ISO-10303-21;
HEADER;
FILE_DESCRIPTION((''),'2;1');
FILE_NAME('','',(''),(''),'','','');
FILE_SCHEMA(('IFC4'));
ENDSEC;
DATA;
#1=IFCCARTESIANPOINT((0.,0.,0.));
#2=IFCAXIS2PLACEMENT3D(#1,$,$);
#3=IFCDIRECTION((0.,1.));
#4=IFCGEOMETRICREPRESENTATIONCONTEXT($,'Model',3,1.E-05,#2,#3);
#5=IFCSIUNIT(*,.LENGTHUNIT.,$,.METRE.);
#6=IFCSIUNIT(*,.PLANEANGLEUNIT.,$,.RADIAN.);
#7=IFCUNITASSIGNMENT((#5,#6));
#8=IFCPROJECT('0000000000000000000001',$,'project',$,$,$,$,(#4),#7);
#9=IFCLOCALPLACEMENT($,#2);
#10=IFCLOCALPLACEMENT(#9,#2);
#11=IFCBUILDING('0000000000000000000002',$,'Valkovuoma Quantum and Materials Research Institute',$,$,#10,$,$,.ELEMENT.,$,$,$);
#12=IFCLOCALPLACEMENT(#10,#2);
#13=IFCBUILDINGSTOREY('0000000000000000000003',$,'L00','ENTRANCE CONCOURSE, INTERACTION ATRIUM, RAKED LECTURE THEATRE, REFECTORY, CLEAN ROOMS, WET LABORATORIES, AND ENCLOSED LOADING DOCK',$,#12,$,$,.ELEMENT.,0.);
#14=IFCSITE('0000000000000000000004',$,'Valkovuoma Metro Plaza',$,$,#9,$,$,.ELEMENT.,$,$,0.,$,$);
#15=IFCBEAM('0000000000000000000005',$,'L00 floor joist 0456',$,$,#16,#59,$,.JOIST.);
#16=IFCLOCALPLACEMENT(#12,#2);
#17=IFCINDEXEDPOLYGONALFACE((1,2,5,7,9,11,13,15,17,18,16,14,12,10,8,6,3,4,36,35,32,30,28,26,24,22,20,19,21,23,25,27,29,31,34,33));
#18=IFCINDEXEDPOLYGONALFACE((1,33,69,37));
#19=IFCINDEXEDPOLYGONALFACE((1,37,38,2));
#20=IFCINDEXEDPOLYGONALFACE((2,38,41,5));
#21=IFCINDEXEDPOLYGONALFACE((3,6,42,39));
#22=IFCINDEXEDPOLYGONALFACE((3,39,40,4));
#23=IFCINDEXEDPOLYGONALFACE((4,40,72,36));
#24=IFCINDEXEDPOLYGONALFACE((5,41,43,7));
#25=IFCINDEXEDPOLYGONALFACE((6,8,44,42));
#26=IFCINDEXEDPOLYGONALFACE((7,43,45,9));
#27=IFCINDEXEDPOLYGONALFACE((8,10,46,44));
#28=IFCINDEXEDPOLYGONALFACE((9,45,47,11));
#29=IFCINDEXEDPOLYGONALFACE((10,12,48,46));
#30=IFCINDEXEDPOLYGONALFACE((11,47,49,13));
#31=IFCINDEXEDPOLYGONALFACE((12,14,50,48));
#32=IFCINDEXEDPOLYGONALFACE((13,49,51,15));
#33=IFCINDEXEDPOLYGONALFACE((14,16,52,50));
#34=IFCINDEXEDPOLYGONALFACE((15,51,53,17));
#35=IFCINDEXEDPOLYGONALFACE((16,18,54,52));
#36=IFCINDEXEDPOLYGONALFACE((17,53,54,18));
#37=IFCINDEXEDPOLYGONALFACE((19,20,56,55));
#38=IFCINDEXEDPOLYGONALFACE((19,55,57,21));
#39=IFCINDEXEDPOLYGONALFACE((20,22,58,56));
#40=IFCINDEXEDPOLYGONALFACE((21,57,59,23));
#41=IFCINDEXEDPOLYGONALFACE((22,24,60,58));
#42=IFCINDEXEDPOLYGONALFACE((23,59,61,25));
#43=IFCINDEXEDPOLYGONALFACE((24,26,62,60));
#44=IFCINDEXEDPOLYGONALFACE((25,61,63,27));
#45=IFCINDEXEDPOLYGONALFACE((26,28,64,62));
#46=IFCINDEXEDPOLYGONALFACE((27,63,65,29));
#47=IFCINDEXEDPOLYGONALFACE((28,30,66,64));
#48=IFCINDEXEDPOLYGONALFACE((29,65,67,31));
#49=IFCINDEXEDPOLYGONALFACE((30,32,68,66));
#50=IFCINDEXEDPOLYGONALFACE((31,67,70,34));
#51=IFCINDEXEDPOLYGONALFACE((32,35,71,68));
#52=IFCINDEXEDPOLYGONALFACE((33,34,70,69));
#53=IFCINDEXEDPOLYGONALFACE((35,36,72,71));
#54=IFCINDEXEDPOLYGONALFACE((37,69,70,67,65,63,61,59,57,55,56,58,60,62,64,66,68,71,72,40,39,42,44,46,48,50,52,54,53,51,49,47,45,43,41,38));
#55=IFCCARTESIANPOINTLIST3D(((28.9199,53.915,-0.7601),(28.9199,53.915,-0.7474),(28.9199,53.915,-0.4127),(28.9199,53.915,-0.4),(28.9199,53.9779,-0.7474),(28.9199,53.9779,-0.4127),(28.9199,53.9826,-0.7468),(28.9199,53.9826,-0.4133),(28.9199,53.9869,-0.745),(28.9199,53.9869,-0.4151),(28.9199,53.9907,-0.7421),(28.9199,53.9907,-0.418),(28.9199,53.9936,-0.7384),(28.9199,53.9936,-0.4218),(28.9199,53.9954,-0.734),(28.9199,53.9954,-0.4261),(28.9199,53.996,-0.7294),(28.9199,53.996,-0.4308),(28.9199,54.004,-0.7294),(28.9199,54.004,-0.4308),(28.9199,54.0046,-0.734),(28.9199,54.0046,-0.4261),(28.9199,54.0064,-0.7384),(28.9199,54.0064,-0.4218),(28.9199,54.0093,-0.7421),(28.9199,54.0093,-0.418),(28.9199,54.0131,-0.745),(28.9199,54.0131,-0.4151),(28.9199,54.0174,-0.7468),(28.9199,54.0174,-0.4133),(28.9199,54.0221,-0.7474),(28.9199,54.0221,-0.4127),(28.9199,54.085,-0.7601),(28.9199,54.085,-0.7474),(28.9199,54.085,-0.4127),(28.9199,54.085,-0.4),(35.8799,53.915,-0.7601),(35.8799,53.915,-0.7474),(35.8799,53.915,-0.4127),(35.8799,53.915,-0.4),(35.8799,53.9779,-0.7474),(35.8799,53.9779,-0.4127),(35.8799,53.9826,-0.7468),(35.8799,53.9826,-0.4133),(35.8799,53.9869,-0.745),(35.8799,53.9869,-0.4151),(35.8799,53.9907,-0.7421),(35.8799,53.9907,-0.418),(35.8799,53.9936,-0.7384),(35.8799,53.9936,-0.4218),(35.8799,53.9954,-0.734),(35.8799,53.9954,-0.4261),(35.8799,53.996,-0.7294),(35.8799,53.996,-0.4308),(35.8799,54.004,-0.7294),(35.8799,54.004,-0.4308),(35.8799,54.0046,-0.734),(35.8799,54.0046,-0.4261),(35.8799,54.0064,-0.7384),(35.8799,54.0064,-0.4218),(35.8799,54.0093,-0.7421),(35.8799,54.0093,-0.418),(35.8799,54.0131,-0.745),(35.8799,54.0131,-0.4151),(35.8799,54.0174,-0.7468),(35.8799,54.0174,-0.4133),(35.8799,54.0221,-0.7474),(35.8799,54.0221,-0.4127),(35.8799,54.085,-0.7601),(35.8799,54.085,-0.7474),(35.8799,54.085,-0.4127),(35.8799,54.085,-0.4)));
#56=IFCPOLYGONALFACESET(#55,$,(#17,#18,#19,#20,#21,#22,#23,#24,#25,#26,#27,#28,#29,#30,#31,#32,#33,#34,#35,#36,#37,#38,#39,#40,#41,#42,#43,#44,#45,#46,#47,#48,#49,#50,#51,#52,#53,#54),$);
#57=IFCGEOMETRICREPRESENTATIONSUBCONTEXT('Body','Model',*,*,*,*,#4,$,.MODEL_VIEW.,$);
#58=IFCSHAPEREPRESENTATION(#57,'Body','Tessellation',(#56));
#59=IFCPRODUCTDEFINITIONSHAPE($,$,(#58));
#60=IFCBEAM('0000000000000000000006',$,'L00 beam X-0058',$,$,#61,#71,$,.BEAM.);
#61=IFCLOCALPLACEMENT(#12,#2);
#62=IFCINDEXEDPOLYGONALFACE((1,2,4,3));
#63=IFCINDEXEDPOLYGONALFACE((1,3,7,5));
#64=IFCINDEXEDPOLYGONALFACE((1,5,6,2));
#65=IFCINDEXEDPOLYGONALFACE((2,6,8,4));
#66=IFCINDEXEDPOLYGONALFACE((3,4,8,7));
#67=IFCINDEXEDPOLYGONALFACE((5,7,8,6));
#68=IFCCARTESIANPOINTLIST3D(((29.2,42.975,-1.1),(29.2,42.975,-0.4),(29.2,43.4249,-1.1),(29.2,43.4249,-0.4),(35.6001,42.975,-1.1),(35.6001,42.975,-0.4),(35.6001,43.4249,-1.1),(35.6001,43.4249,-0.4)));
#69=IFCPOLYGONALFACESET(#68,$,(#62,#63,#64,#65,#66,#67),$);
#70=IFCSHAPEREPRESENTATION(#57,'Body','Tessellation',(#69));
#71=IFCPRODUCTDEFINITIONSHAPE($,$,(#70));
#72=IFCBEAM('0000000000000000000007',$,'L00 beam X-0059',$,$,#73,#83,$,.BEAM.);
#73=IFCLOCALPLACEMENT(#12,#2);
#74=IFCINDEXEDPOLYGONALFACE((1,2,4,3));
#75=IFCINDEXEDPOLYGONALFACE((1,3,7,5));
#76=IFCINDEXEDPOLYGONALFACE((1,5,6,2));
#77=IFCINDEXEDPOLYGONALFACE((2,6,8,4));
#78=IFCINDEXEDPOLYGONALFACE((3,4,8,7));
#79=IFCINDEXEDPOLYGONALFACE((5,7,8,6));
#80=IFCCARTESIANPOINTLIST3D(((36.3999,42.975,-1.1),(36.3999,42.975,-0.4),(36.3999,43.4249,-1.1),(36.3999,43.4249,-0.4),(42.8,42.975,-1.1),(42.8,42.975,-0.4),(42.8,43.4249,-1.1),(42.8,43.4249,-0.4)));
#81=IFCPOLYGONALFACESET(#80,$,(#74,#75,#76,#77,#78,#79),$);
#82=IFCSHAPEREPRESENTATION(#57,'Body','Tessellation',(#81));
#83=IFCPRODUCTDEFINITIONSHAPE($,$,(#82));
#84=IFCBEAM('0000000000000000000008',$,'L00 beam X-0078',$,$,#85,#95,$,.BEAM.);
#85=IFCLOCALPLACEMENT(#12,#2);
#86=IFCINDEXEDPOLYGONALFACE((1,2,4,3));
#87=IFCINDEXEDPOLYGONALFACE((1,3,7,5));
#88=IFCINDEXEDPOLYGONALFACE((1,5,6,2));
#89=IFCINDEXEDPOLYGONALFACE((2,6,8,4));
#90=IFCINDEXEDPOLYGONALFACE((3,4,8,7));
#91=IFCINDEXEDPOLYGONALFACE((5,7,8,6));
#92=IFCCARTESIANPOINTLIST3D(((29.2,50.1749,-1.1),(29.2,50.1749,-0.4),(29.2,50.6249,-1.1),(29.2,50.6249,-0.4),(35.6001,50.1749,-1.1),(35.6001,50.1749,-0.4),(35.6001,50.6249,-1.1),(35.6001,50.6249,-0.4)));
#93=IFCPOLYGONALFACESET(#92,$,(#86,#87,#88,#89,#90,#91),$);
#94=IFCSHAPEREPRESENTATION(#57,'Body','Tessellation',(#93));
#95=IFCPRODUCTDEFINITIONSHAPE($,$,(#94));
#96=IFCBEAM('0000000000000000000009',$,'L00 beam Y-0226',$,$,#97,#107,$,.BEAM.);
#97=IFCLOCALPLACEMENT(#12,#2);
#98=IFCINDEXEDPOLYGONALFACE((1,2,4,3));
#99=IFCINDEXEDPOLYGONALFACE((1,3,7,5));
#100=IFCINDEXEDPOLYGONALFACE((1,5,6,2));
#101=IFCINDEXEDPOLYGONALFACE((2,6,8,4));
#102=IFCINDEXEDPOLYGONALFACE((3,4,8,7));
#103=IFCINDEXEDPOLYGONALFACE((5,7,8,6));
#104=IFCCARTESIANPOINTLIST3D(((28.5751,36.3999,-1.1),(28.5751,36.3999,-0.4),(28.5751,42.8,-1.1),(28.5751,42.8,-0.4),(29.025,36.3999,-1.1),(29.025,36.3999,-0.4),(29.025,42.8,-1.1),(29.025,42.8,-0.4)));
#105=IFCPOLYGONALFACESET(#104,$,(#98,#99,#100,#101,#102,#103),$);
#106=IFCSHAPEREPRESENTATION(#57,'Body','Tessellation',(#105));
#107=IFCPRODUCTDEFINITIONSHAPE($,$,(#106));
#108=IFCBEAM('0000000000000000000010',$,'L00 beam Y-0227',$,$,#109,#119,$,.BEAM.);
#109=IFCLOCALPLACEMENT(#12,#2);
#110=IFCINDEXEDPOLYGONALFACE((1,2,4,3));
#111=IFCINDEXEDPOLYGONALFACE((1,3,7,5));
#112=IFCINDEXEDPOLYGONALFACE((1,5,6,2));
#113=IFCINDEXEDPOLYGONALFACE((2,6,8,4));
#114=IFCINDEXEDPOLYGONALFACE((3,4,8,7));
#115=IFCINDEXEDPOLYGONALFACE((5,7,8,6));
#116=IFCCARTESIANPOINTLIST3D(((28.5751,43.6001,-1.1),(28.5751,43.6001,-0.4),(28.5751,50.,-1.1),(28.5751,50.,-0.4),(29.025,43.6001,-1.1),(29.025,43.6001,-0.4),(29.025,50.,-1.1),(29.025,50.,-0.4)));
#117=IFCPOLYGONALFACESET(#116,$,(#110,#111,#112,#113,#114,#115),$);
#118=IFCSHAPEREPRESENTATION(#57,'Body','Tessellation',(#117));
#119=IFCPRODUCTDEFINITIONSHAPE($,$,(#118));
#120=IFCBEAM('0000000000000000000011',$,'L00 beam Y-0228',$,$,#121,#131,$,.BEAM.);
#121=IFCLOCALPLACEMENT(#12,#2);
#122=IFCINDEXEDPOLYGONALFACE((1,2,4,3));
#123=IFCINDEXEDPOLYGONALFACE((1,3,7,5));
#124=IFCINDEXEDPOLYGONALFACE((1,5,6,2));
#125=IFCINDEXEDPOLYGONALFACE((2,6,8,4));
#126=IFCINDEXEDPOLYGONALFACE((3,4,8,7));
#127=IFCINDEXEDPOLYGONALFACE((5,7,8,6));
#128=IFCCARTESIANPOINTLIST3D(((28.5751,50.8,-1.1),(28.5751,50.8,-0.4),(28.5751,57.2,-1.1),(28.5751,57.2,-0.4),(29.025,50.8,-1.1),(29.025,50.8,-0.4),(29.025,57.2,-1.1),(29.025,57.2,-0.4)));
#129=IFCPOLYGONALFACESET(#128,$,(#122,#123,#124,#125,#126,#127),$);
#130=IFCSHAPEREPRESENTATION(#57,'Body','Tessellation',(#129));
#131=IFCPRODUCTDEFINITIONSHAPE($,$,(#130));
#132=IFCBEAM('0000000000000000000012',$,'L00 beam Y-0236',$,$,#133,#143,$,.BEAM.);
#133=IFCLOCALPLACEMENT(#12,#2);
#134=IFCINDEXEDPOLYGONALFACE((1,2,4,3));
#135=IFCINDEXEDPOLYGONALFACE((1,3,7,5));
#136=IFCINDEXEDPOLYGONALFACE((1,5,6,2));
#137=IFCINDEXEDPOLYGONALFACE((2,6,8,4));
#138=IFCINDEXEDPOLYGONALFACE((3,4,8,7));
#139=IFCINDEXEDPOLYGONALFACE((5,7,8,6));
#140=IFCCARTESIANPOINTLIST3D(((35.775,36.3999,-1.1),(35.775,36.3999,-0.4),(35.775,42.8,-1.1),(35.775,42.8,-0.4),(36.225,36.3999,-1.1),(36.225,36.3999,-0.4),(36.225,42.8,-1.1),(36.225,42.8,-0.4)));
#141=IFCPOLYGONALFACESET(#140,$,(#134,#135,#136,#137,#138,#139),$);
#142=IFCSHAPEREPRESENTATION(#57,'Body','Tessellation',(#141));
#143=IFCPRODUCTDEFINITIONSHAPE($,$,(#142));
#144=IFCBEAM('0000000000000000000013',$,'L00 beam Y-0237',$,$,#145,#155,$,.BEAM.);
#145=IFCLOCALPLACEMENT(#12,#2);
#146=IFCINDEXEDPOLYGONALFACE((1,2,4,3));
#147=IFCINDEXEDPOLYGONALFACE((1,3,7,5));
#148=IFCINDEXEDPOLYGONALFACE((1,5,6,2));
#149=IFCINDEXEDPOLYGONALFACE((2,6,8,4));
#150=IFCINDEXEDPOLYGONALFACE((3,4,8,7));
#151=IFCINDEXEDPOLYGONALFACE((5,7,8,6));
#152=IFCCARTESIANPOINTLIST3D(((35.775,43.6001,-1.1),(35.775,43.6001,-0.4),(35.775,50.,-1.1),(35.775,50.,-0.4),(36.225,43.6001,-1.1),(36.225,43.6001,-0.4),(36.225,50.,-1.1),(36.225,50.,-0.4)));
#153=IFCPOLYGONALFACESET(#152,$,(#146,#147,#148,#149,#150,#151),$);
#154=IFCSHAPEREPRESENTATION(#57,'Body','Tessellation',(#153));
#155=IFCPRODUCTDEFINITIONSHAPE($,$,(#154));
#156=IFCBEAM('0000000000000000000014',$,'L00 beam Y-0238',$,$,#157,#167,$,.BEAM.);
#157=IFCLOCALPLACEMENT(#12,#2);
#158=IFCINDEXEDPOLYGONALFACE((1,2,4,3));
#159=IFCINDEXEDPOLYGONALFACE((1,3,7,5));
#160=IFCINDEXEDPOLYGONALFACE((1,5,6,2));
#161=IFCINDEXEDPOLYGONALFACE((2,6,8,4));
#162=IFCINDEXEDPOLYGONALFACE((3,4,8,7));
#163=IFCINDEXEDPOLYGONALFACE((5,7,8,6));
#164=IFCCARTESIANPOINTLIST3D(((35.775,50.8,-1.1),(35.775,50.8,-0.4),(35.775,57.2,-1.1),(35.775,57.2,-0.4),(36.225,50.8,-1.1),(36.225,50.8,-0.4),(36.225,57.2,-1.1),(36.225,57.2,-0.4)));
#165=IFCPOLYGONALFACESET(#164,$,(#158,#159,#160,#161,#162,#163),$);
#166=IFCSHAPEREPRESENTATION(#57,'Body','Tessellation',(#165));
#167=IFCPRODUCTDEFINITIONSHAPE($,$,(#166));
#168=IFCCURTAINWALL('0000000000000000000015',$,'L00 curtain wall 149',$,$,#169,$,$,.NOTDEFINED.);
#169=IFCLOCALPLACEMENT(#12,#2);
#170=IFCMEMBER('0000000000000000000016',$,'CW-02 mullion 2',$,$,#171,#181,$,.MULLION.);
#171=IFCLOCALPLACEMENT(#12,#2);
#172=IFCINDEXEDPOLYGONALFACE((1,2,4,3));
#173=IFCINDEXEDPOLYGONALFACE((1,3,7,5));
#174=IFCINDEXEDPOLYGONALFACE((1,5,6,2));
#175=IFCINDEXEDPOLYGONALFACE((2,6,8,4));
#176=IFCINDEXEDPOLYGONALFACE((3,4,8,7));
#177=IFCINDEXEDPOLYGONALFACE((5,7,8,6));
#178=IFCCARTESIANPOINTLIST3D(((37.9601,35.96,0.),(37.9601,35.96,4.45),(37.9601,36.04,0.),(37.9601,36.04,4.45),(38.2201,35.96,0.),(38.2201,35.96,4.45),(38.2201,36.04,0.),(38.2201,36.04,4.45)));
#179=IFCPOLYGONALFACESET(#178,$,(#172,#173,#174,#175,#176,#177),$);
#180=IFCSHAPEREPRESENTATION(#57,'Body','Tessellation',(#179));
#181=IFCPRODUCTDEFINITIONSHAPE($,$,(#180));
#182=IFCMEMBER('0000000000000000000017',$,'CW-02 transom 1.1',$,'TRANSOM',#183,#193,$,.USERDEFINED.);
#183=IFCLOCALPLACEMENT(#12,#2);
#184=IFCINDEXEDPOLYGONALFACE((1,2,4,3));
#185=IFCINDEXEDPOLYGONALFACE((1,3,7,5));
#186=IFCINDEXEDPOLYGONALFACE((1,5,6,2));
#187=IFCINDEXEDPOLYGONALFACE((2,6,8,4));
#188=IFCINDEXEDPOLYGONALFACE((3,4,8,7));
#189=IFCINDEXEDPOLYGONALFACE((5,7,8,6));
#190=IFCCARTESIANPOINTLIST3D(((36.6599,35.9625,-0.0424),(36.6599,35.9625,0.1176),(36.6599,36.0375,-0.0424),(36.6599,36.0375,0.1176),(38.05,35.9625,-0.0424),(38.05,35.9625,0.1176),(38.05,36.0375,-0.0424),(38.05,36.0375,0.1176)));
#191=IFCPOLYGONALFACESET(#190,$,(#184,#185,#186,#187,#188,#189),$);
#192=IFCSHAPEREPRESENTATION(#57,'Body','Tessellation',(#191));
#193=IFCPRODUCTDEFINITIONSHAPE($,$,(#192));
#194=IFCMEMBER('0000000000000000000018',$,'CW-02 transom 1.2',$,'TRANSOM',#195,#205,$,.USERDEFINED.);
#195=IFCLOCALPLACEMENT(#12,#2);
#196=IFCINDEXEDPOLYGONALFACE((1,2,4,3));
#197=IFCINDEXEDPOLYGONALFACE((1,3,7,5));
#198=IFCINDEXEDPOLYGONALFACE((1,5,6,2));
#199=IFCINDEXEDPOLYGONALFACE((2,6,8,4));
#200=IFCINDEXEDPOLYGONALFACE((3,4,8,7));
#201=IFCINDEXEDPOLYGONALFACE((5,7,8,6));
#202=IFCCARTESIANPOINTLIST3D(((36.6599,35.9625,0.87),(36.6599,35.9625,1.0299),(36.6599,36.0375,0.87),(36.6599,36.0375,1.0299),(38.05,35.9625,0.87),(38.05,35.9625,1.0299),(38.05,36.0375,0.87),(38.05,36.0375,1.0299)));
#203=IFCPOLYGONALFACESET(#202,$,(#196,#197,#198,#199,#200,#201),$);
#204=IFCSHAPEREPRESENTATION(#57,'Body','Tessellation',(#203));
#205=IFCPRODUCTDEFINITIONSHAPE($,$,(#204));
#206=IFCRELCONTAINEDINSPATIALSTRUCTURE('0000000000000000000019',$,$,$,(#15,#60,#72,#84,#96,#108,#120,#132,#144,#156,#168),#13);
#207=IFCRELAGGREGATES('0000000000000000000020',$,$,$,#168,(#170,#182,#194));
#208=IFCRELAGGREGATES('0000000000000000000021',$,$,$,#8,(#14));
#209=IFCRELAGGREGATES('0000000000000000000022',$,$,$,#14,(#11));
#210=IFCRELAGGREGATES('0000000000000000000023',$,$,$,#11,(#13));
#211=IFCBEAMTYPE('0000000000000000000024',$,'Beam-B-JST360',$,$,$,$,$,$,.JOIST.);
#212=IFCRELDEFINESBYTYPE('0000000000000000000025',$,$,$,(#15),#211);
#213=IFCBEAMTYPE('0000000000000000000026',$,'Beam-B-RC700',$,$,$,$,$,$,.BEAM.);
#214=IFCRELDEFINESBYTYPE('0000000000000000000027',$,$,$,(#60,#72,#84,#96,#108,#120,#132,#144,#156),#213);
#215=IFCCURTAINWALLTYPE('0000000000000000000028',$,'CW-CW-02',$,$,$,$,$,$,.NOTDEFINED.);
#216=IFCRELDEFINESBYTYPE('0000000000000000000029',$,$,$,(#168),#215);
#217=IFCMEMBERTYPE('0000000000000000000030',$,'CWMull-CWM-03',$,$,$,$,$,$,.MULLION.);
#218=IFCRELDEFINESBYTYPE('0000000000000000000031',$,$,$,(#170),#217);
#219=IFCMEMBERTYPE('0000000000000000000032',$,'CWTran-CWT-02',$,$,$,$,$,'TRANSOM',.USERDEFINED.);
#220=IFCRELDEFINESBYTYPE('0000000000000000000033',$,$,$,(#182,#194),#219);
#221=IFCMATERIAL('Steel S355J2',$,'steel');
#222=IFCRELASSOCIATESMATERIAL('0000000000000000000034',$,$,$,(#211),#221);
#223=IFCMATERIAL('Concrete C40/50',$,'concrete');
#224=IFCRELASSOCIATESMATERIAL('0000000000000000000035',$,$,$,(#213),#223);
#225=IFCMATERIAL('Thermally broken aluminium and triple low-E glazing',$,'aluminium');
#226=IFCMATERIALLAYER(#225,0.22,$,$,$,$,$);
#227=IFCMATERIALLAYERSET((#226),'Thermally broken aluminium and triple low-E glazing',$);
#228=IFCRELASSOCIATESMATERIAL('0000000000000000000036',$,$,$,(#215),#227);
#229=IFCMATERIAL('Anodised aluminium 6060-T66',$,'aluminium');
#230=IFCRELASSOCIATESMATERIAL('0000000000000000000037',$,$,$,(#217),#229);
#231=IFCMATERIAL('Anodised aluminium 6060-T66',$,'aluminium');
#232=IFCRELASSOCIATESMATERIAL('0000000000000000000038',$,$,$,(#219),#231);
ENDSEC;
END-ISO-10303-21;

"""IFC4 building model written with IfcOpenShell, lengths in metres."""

from ifc_helpers import new_model, si_unit, direction, frame, origin, origin_2d, place, context, subcontext, project, spatial, rectangle, i_section, extrude, material, layer, layer_set, material_profile, profile_set, type_object, element, aggregate, save


model = new_model("IFC4")

# Units and contexts
model_context = context("Model", 3, precision=1e-05, world=origin(), true_north=direction((0.0, 1.0)))
body_context = subcontext(model_context, "Body", "Model", "MODEL_VIEW")
ifc_project = project(units=[si_unit("LENGTHUNIT", "METRE"), si_unit("PLANEANGLEUNIT", "RADIAN")], contexts=[model_context])

# Site, building, storey
site_placement = place(None, origin())
site = spatial("IfcSite", under=ifc_project, at=site_placement, Name="Valkovuoma Metro Plaza", CompositionType="ELEMENT", RefElevation=0.0)
building_placement = place(site_placement, origin())
building = spatial("IfcBuilding", under=site, at=building_placement, Name="Valkovuoma Quantum and Materials Research Institute", CompositionType="ELEMENT")
storey_placement = place(building_placement, origin())
storey = spatial("IfcBuildingStorey", under=building, at=storey_placement, Name="L00", Description="ENTRANCE CONCOURSE, INTERACTION ATRIUM, RAKED LECTURE THEATRE, REFECTORY, CLEAN ROOMS, WET LABORATORIES, AND ENCLOSED LOADING DOCK", CompositionType="ELEMENT", Elevation=0.0)

# Beams
ifc_material_1 = material(Name="Steel S355J2", Category="steel")
ifc_material_profile_1 = material_profile(ifc_material_1, i_section(OverallWidth=0.1699, OverallDepth=0.3601, WebThickness=0.0081, FlangeThickness=0.0127, FilletRadius=0.0181, at=origin_2d()), Name="Steel S355J2")
ifc_profile_set_1 = profile_set([ifc_material_profile_1], Name="Steel S355J2")
beam_type_1 = type_object("IfcBeamType", Name="Beam-B-JST360", PredefinedType="JOIST", material=ifc_profile_set_1)
for number, where, z_axis, x_axis, name in (
    (1, (28.9199, 54.0, -0.5801), (1.0, 0.0, 0.0), (0.0, 1.0, 0.0), "L00 floor joist 0456"),
):
    element("IfcBeam", number, at=place(storey_placement, frame(where, z_axis=z_axis, x_axis=x_axis)), inside=storey, type_object=beam_type_1, Name=name, PredefinedType="JOIST", context=body_context, shape_type="SweptSolid", body=[
        extrude(i_section(OverallWidth=0.1699, OverallDepth=0.3601, WebThickness=0.0081, FlangeThickness=0.0127, FilletRadius=0.0181, at=origin_2d()), origin(), (0.0, 0.0, 1.0), 6.96),
    ])
ifc_material_2 = material(Name="Concrete C40/50", Category="concrete")
ifc_material_profile_2 = material_profile(ifc_material_2, rectangle(XDim=0.45, YDim=0.7, at=origin_2d()), Name="Concrete C40/50")
ifc_profile_set_2 = profile_set([ifc_material_profile_2], Name="Concrete C40/50")
beam_type_2 = type_object("IfcBeamType", Name="Beam-B-RC700", PredefinedType="BEAM", material=ifc_profile_set_2)
for number, where, z_axis, x_axis, name in (
    (2, (29.2, 43.2, -0.75), (1.0, 0.0, 0.0), (0.0, 1.0, 0.0), "L00 beam X-0058"),
    (3, (36.3999, 43.2, -0.75), (1.0, 0.0, 0.0), (0.0, 1.0, 0.0), "L00 beam X-0059"),
    (4, (29.2, 50.3999, -0.75), (1.0, 0.0, 0.0), (0.0, 1.0, 0.0), "L00 beam X-0078"),
    (5, (28.8, 36.3999, -0.75), (0.0, 1.0, 0.0), (-1.0, 0.0, 0.0), "L00 beam Y-0226"),
):
    element("IfcBeam", number, at=place(storey_placement, frame(where, z_axis=z_axis, x_axis=x_axis)), inside=storey, type_object=beam_type_2, Name=name, PredefinedType="BEAM", context=body_context, shape_type="SweptSolid", body=[
        extrude(rectangle(XDim=0.45, YDim=0.7, at=origin_2d()), origin(), (0.0, 0.0, 1.0), 6.4001),
    ])
for number, where, z_axis, x_axis, name in (
    (6, (28.8, 43.6001, -0.75), (0.0, 1.0, 0.0), (-1.0, 0.0, 0.0), "L00 beam Y-0227"),
    (7, (28.8, 50.8, -0.75), (0.0, 1.0, 0.0), (-1.0, 0.0, 0.0), "L00 beam Y-0228"),
):
    element("IfcBeam", number, at=place(storey_placement, frame(where, z_axis=z_axis, x_axis=x_axis)), inside=storey, type_object=beam_type_2, Name=name, PredefinedType="BEAM", context=body_context, shape_type="SweptSolid", body=[
        extrude(rectangle(XDim=0.45, YDim=0.7, at=origin_2d()), origin(), (0.0, 0.0, 1.0), 6.3999),
    ])
beam_placement = place(storey_placement, frame((36.0, 36.3999, -0.75), z_axis=(0.0, 1.0, 0.0), x_axis=(-1.0, 0.0, 0.0)))
element("IfcBeam", 8, at=beam_placement, inside=storey, type_object=beam_type_2, Name="L00 beam Y-0236", PredefinedType="BEAM", context=body_context, shape_type="SweptSolid", body=[
    extrude(rectangle(XDim=0.45, YDim=0.7, at=origin_2d()), origin(), (0.0, 0.0, 1.0), 6.4001),
])
for number, where, z_axis, x_axis, name in (
    (9, (36.0, 43.6001, -0.75), (0.0, 1.0, 0.0), (-1.0, 0.0, 0.0), "L00 beam Y-0237"),
    (10, (36.0, 50.8, -0.75), (0.0, 1.0, 0.0), (-1.0, 0.0, 0.0), "L00 beam Y-0238"),
):
    element("IfcBeam", number, at=place(storey_placement, frame(where, z_axis=z_axis, x_axis=x_axis)), inside=storey, type_object=beam_type_2, Name=name, PredefinedType="BEAM", context=body_context, shape_type="SweptSolid", body=[
        extrude(rectangle(XDim=0.45, YDim=0.7, at=origin_2d()), origin(), (0.0, 0.0, 1.0), 6.3999),
    ])

# Curtain wall, members
ifc_material_3 = material(Name="Thermally broken aluminium and triple low-E glazing", Category="aluminium")
ifc_layer_1 = layer(ifc_material_3, 0.22)
ifc_layer_set_1 = layer_set([ifc_layer_1], Name="Thermally broken aluminium and triple low-E glazing")
curtain_wall_type = type_object("IfcCurtainWallType", Name="CW-CW-02", PredefinedType="NOTDEFINED", material=ifc_layer_set_1)
curtain_wall_placement = place(storey_placement, origin())
curtain_wall = element("IfcCurtainWall", 11, at=curtain_wall_placement, inside=storey, type_object=curtain_wall_type, Name="L00 curtain wall 149", PredefinedType="NOTDEFINED")
ifc_material_4 = material(Name="Anodised aluminium 6060-T66", Category="aluminium")
ifc_material_profile_3 = material_profile(ifc_material_4, rectangle(XDim=0.0801, YDim=0.26, at=origin_2d()), Name="Anodised aluminium 6060-T66")
ifc_profile_set_3 = profile_set([ifc_material_profile_3], Name="Anodised aluminium 6060-T66")
member_type_1 = type_object("IfcMemberType", Name="CWMull-CWM-03", PredefinedType="MULLION", material=ifc_profile_set_3)
member_1_placement = place(storey_placement, frame((38.0901, 36.0, 0.0), z_axis=(0.0, 0.0, 1.0), x_axis=(0.0, 1.0, 0.0)))
member_1 = element("IfcMember", 12, at=member_1_placement, type_object=member_type_1, Name="CW-02 mullion 2", PredefinedType="MULLION", context=body_context, shape_type="SweptSolid", body=[
    extrude(rectangle(XDim=0.0801, YDim=0.26, at=origin_2d()), origin(), (0.0, 0.0, 1.0), 4.45),
])
ifc_material_5 = material(Name="Anodised aluminium 6060-T66", Category="aluminium")
ifc_material_profile_4 = material_profile(ifc_material_5, rectangle(XDim=0.075, YDim=0.1599, at=origin_2d()), Name="Anodised aluminium 6060-T66")
ifc_profile_set_4 = profile_set([ifc_material_profile_4], Name="Anodised aluminium 6060-T66")
member_type_2 = type_object("IfcMemberType", Name="CWTran-CWT-02", ElementType="TRANSOM", PredefinedType="USERDEFINED", material=ifc_profile_set_4)
member_2_placement = place(storey_placement, frame((36.6599, 36.0, 0.0376), z_axis=(1.0, 0.0, 0.0), x_axis=(0.0, 1.0, 0.0)))
member_2 = element("IfcMember", 13, at=member_2_placement, type_object=member_type_2, Name="CW-02 transom 1.1", ObjectType="TRANSOM", PredefinedType="USERDEFINED", context=body_context, shape_type="SweptSolid", body=[
    extrude(rectangle(XDim=0.075, YDim=0.1599, at=origin_2d()), origin(), (0.0, 0.0, 1.0), 1.3901),
])
member_3_placement = place(storey_placement, frame((36.6599, 36.0, 0.95), z_axis=(1.0, 0.0, 0.0), x_axis=(0.0, 1.0, 0.0)))
member_3 = element("IfcMember", 14, at=member_3_placement, type_object=member_type_2, Name="CW-02 transom 1.2", ObjectType="TRANSOM", PredefinedType="USERDEFINED", context=body_context, shape_type="SweptSolid", body=[
    extrude(rectangle(XDim=0.075, YDim=0.1599, at=origin_2d()), origin(), (0.0, 0.0, 1.0), 1.3901),
])
aggregate(curtain_wall, [member_1, member_2, member_3])

save(model, "model.ifc")
